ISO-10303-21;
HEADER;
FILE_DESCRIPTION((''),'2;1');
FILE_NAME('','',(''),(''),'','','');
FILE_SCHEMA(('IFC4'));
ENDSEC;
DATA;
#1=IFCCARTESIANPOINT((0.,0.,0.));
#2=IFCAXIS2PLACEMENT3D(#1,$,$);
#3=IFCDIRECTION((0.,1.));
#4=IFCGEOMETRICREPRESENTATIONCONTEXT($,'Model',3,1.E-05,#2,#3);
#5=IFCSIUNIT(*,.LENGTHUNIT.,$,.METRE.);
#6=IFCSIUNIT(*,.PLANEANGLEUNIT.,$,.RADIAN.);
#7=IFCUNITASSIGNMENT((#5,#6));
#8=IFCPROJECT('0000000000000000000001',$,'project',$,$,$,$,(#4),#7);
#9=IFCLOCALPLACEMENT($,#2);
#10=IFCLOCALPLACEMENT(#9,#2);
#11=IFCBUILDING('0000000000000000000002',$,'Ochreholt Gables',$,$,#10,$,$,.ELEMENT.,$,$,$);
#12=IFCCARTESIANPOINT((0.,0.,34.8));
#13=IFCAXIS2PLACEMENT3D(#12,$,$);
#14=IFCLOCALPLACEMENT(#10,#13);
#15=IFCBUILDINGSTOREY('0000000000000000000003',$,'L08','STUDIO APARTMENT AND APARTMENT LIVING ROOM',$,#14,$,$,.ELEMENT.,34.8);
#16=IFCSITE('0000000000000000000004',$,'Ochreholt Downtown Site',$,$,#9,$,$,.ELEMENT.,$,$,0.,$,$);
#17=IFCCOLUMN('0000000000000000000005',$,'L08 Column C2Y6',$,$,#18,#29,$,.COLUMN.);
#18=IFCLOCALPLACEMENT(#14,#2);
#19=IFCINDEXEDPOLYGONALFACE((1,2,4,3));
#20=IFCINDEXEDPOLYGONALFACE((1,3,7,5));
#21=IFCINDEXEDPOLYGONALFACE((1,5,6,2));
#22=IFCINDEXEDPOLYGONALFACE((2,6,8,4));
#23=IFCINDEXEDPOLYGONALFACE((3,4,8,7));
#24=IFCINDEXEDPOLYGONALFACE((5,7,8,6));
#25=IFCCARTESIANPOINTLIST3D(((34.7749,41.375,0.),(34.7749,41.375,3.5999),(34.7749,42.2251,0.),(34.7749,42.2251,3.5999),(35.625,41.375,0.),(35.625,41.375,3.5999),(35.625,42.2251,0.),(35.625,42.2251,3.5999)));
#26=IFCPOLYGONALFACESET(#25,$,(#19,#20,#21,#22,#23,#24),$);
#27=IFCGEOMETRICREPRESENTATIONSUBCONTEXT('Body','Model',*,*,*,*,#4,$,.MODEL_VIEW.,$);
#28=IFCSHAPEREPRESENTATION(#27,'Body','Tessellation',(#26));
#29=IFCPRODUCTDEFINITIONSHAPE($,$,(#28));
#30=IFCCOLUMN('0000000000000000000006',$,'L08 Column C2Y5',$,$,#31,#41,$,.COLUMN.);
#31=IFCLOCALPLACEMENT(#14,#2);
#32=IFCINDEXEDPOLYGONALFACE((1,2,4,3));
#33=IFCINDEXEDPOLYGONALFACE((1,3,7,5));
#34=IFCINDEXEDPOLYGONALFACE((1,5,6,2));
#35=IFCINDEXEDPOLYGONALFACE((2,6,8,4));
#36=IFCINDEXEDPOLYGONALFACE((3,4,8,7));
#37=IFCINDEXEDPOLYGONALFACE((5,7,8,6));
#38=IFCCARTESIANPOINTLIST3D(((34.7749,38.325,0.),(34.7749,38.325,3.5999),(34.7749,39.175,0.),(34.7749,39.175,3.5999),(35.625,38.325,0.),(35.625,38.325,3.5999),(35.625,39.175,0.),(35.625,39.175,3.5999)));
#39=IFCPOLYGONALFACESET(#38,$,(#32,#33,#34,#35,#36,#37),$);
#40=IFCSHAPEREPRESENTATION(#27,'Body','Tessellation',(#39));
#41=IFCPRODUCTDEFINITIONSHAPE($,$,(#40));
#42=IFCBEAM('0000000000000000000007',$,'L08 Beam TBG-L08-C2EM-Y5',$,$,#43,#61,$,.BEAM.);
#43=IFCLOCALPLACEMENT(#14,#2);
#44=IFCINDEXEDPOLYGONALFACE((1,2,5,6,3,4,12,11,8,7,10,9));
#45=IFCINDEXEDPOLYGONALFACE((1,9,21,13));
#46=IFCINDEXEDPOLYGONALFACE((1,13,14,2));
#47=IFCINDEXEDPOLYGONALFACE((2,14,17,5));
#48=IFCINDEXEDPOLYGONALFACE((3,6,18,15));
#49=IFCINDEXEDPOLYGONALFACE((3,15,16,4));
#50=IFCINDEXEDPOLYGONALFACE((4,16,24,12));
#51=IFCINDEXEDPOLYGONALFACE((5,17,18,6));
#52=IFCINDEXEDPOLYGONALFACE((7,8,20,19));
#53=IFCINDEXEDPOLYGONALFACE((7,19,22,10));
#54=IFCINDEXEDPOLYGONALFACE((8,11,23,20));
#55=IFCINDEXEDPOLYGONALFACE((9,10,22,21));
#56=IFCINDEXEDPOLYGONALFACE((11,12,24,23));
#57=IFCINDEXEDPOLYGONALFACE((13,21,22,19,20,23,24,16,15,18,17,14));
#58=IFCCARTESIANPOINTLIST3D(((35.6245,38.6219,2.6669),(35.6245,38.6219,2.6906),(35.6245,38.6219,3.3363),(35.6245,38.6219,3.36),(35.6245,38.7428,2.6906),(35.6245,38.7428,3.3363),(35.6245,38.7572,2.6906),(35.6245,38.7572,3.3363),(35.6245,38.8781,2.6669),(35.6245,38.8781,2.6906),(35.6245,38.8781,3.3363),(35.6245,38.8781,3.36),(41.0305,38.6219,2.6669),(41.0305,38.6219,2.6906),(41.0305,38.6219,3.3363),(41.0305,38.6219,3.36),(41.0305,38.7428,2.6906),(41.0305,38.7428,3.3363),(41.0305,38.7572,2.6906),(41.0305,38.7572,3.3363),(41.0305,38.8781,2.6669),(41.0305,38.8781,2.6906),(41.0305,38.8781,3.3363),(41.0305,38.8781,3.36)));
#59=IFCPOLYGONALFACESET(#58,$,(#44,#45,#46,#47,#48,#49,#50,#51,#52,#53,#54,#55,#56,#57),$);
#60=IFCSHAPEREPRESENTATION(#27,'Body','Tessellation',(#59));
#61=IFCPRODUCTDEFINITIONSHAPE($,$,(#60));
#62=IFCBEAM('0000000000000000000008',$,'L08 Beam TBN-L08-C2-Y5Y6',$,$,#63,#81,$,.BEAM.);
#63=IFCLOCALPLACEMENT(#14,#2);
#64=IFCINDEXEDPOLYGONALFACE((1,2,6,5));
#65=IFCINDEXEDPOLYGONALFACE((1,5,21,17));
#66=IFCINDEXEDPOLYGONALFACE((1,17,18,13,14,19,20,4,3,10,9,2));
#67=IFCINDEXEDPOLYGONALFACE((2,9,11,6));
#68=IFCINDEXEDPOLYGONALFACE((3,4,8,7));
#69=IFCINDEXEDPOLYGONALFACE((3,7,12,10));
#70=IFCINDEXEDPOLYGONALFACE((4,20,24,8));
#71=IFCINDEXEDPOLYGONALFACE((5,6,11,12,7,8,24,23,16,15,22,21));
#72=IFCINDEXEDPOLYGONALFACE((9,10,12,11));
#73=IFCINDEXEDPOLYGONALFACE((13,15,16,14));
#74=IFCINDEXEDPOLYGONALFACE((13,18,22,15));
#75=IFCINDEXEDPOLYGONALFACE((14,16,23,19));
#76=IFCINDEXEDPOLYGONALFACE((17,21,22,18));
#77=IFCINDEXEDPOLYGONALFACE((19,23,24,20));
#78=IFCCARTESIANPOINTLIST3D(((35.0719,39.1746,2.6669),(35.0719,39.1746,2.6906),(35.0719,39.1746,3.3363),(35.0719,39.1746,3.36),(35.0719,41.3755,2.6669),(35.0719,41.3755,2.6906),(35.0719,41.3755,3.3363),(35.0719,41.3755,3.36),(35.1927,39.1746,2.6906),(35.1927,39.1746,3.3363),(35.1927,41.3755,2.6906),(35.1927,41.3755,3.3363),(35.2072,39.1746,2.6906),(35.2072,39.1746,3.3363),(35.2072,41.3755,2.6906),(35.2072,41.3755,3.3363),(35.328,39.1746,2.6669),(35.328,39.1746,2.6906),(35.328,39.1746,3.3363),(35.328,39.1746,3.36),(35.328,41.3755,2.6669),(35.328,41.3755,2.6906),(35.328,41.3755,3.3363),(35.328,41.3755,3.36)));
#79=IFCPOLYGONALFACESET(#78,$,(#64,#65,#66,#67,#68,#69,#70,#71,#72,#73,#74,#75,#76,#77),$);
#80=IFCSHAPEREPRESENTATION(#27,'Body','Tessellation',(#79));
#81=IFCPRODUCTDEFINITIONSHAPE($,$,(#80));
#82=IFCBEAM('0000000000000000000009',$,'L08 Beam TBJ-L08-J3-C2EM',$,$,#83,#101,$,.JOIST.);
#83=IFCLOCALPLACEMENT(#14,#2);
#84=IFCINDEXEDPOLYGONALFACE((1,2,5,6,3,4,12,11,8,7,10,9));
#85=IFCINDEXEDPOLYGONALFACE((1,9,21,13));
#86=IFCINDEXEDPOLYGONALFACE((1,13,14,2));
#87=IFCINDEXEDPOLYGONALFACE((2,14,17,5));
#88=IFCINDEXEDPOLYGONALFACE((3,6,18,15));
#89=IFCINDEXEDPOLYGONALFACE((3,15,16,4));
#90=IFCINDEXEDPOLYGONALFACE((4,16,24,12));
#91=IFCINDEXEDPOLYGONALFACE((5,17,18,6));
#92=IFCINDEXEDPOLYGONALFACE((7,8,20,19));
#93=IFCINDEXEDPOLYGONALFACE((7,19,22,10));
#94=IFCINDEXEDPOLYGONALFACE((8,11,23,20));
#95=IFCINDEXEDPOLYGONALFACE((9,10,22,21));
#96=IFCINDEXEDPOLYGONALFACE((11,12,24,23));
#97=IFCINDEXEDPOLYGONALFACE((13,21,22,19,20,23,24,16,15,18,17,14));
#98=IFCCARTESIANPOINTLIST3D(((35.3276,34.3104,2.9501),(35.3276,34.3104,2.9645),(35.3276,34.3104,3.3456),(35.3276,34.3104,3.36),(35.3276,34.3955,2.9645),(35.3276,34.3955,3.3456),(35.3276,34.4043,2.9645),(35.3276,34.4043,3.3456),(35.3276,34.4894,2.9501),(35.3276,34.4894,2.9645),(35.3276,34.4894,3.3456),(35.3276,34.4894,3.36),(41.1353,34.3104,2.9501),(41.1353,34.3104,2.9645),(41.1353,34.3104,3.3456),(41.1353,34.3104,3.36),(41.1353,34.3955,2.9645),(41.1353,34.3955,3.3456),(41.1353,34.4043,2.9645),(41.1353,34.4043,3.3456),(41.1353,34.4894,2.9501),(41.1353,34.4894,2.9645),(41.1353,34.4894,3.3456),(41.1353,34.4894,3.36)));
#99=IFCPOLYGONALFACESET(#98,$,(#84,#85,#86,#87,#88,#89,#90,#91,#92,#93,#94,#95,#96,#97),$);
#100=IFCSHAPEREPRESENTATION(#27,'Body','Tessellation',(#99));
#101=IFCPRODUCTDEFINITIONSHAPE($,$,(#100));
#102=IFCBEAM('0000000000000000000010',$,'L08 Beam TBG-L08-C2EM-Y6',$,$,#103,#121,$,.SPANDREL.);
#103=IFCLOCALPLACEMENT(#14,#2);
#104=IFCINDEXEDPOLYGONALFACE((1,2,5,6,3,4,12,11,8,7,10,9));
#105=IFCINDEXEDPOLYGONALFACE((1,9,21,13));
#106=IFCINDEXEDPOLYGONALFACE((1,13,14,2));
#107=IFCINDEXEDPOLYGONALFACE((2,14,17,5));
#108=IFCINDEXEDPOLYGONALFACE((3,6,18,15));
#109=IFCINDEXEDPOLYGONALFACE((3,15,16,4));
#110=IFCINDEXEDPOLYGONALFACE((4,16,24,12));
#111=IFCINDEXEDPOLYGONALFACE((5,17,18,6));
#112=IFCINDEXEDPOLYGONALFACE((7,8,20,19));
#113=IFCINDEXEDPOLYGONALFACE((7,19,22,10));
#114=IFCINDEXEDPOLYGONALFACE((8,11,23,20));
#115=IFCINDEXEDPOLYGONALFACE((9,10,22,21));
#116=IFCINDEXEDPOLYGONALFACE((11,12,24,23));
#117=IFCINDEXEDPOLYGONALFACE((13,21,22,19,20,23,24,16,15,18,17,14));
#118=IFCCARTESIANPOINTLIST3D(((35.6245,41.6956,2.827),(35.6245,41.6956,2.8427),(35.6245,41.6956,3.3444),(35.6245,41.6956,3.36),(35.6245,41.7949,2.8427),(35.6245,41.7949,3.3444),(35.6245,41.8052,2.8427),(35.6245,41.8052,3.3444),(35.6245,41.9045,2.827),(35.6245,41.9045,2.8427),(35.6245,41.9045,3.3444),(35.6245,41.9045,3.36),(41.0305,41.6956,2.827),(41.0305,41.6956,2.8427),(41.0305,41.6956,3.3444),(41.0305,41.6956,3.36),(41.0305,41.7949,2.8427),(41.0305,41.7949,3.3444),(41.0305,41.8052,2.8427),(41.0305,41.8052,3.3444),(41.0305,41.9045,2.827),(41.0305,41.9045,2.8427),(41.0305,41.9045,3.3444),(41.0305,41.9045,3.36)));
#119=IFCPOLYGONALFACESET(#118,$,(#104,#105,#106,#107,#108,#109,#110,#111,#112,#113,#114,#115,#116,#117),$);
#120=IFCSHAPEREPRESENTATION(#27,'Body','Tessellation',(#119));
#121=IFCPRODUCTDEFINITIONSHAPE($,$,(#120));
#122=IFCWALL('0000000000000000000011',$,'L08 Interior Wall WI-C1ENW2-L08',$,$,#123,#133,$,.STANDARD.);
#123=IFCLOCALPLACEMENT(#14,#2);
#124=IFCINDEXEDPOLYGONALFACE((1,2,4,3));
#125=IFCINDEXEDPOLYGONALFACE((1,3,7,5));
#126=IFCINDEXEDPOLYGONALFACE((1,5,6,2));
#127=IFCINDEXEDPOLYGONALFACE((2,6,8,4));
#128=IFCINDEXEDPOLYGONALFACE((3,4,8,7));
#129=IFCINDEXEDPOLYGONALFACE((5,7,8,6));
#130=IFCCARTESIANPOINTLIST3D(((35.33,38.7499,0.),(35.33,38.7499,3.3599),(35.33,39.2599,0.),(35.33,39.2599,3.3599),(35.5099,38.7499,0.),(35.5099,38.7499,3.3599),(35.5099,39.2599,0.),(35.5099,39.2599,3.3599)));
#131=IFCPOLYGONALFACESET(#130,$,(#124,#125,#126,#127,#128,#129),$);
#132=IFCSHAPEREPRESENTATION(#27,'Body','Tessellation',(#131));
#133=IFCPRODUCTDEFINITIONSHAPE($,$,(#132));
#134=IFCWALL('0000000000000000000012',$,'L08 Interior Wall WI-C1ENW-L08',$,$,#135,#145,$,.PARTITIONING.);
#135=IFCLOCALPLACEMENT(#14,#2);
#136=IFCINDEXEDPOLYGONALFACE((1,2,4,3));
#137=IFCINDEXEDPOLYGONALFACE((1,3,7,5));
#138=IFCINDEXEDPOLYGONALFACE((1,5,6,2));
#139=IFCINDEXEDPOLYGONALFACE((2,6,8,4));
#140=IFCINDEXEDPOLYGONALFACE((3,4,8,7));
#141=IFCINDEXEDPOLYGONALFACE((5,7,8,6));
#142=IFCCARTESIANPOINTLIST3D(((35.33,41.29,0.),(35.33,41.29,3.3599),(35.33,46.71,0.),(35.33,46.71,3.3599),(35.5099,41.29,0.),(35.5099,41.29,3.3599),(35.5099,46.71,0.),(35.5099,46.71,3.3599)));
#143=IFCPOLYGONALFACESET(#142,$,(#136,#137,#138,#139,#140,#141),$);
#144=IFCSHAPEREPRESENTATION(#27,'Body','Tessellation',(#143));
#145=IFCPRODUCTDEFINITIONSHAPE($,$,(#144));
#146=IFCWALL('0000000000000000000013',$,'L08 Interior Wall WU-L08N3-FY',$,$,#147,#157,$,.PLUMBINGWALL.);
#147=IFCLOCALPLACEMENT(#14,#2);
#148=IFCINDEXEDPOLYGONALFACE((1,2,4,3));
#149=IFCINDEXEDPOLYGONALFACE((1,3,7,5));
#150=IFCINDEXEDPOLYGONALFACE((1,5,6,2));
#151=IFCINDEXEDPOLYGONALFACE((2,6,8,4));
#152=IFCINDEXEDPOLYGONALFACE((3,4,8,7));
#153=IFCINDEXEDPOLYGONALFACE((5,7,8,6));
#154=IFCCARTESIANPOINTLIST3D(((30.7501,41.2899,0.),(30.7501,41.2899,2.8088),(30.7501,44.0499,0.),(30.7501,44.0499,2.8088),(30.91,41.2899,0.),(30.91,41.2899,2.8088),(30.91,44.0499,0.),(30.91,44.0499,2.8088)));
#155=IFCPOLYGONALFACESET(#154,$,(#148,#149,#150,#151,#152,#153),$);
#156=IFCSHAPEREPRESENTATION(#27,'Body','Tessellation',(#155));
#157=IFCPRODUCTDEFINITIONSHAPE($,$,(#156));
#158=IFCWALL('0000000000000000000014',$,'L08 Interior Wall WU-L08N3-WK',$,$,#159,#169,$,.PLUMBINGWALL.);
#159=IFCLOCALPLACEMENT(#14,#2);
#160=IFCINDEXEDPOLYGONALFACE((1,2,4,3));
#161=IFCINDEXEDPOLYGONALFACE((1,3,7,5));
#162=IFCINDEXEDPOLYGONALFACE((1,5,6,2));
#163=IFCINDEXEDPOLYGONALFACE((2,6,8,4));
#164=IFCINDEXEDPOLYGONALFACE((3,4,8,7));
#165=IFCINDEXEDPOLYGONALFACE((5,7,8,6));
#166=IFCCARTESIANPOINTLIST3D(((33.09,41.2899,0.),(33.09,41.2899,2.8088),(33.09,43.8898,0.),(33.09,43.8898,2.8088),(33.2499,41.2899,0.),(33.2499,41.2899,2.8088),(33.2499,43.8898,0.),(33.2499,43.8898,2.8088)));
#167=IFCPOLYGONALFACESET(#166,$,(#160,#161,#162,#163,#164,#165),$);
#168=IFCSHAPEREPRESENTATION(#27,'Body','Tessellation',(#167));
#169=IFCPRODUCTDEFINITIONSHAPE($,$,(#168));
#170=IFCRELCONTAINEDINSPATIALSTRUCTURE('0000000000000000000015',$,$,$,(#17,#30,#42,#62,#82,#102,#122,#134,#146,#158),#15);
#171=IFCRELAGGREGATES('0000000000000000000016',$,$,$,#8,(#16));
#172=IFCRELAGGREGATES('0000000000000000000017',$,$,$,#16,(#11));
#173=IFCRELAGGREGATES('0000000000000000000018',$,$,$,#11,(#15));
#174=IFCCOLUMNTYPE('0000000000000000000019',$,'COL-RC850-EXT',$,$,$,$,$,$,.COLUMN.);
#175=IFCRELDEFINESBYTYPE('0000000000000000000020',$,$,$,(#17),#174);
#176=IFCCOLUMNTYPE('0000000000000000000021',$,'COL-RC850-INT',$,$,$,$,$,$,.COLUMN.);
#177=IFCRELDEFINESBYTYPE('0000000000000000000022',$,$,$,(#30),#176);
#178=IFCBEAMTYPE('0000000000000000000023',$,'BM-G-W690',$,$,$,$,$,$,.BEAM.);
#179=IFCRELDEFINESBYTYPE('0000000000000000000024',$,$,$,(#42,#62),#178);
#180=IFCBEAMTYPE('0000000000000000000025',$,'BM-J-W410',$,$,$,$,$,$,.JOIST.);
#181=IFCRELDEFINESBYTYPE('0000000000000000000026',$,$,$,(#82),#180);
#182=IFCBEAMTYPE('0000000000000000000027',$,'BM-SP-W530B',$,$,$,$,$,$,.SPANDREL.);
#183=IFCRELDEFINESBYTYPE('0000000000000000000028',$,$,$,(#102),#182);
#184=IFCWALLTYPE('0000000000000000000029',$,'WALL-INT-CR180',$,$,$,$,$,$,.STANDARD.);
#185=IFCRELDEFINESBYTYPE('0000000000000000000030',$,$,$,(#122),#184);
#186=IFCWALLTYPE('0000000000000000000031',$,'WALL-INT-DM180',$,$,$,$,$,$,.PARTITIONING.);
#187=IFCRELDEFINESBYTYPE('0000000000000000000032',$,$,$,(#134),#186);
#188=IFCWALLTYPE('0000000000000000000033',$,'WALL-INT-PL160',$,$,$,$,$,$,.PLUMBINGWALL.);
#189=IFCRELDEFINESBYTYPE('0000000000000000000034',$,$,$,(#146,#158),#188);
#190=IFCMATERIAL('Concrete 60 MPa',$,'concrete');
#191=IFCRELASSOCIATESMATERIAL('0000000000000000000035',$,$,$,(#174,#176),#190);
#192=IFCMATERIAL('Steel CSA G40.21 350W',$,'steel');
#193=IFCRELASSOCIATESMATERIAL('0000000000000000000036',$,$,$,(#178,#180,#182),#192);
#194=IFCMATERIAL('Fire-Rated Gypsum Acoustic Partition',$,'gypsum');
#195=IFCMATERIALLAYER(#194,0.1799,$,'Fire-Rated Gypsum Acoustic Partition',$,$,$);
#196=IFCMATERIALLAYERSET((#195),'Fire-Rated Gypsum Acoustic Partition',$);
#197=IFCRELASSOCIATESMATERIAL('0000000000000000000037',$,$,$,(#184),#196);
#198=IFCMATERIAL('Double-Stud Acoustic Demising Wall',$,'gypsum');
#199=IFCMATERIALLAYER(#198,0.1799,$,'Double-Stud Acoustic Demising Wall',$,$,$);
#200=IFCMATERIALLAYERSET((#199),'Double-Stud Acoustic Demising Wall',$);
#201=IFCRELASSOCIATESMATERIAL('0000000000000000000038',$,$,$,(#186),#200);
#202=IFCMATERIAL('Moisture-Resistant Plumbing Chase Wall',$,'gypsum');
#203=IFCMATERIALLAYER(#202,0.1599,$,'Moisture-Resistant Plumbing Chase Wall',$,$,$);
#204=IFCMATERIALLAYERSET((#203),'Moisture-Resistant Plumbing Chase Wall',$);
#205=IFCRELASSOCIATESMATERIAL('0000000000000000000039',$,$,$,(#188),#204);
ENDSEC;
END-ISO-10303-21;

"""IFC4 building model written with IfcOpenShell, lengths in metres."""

from ifc_helpers import new_model, si_unit, direction, frame, frame_2d, origin, origin_2d, place, context, subcontext, project, spatial, rectangle, i_section, extrude, material, layer, layer_set, material_profile, profile_set, type_object, element, save


model = new_model("IFC4")

# Units and contexts
model_context = context("Model", 3, precision=1e-05, world=origin(), true_north=direction((0.0, 1.0)))
body_context = subcontext(model_context, "Body", "Model", "MODEL_VIEW")
ifc_project = project(units=[si_unit("LENGTHUNIT", "METRE"), si_unit("PLANEANGLEUNIT", "RADIAN")], contexts=[model_context])

# Site, building, storey
site_placement = place(None, origin())
site = spatial("IfcSite", under=ifc_project, at=site_placement, Name="Ochreholt Downtown Site", CompositionType="ELEMENT", RefElevation=0.0)
building_placement = place(site_placement, origin())
building = spatial("IfcBuilding", under=site, at=building_placement, Name="Ochreholt Gables", CompositionType="ELEMENT")
storey_placement = place(building_placement, frame((0.0, 0.0, 34.8)))
storey = spatial("IfcBuildingStorey", under=building, at=storey_placement, Name="L08", Description="STUDIO APARTMENT AND APARTMENT LIVING ROOM", CompositionType="ELEMENT", Elevation=34.8)

# Columns
ifc_material_1 = material(Name="Concrete 60 MPa", Category="concrete")
ifc_material_profile_1 = material_profile(ifc_material_1, rectangle(XDim=0.8501, YDim=0.8501, at=origin_2d()), Name="RC850X850")
ifc_profile_set_1 = profile_set([ifc_material_profile_1], Name="Concrete 60 MPa")
column_type_1 = type_object("IfcColumnType", Name="COL-RC850-EXT", PredefinedType="COLUMN", material=ifc_profile_set_1)
column_1_placement = place(storey_placement, frame((35.2, 41.8, 0.0), z_axis=(0.0, 0.0, 1.0), x_axis=(1.0, 0.0, 0.0)))
element("IfcColumn", 1, at=column_1_placement, inside=storey, type_object=column_type_1, Name="L08 Column C2Y6", PredefinedType="COLUMN", context=body_context, shape_type="SweptSolid", body=[
    extrude(rectangle(XDim=0.8501, YDim=0.8501, at=origin_2d()), origin(), (0.0, 0.0, 1.0), 3.5999),
])
ifc_material_profile_2 = material_profile(ifc_material_1, rectangle(XDim=0.8501, YDim=0.8501, at=origin_2d()), Name="RC850X850")
ifc_profile_set_2 = profile_set([ifc_material_profile_2], Name="Concrete 60 MPa")
column_type_2 = type_object("IfcColumnType", Name="COL-RC850-INT", PredefinedType="COLUMN", material=ifc_profile_set_2)
column_2_placement = place(storey_placement, frame((35.2, 38.75, 0.0), z_axis=(0.0, 0.0, 1.0), x_axis=(1.0, 0.0, 0.0)))
element("IfcColumn", 2, at=column_2_placement, inside=storey, type_object=column_type_2, Name="L08 Column C2Y5", PredefinedType="COLUMN", context=body_context, shape_type="SweptSolid", body=[
    extrude(rectangle(XDim=0.8501, YDim=0.8501, at=origin_2d()), origin(), (0.0, 0.0, 1.0), 3.5999),
])

# Beams
ifc_material_2 = material(Name="Steel CSA G40.21 350W", Category="steel")
ifc_material_profile_3 = material_profile(ifc_material_2, i_section(OverallWidth=0.2561, OverallDepth=0.6931, WebThickness=0.0144, FlangeThickness=0.0237, at=origin_2d()), Name="W690X170")
ifc_profile_set_3 = profile_set([ifc_material_profile_3], Name="Steel CSA G40.21 350W")
beam_type_1 = type_object("IfcBeamType", Name="BM-G-W690", PredefinedType="BEAM", material=ifc_profile_set_3)
beam_1_placement = place(storey_placement, frame((35.6245, 38.75, 3.0134), z_axis=(1.0, 0.0, 0.0), x_axis=(0.0, 1.0, 0.0)))
element("IfcBeam", 3, at=beam_1_placement, inside=storey, type_object=beam_type_1, Name="L08 Beam TBG-L08-C2EM-Y5", PredefinedType="BEAM", context=body_context, shape_type="SweptSolid", body=[
    extrude(i_section(OverallWidth=0.2561, OverallDepth=0.6931, WebThickness=0.0144, FlangeThickness=0.0237, at=origin_2d()), origin(), (0.0, 0.0, 1.0), 5.406),
])
beam_2_placement = place(storey_placement, frame((35.2, 39.1746, 3.0134), z_axis=(0.0, 1.0, 0.0), x_axis=(-1.0, 0.0, 0.0)))
element("IfcBeam", 4, at=beam_2_placement, inside=storey, type_object=beam_type_1, Name="L08 Beam TBN-L08-C2-Y5Y6", PredefinedType="BEAM", context=body_context, shape_type="SweptSolid", body=[
    extrude(i_section(OverallWidth=0.2561, OverallDepth=0.6931, WebThickness=0.0144, FlangeThickness=0.0237, at=origin_2d()), origin(), (0.0, 0.0, 1.0), 2.2009),
])
ifc_material_profile_4 = material_profile(ifc_material_2, i_section(OverallWidth=0.179, OverallDepth=0.4099, WebThickness=0.0088, FlangeThickness=0.0144, at=origin_2d()), Name="W410X67")
ifc_profile_set_4 = profile_set([ifc_material_profile_4], Name="Steel CSA G40.21 350W")
beam_type_2 = type_object("IfcBeamType", Name="BM-J-W410", PredefinedType="JOIST", material=ifc_profile_set_4)
beam_3_placement = place(storey_placement, frame((35.3276, 34.3999, 3.155), z_axis=(1.0, 0.0, 0.0), x_axis=(0.0, 1.0, 0.0)))
element("IfcBeam", 5, at=beam_3_placement, inside=storey, type_object=beam_type_2, Name="L08 Beam TBJ-L08-J3-C2EM", PredefinedType="JOIST", context=body_context, shape_type="SweptSolid", body=[
    extrude(i_section(OverallWidth=0.179, OverallDepth=0.4099, WebThickness=0.0088, FlangeThickness=0.0144, at=origin_2d()), origin(), (0.0, 0.0, 1.0), 5.8076),
])
ifc_material_profile_5 = material_profile(ifc_material_2, i_section(OverallWidth=0.209, OverallDepth=0.533, WebThickness=0.0103, FlangeThickness=0.0156, at=origin_2d()), Name="W530X92")
ifc_profile_set_5 = profile_set([ifc_material_profile_5], Name="Steel CSA G40.21 350W")
beam_type_3 = type_object("IfcBeamType", Name="BM-SP-W530B", PredefinedType="SPANDREL", material=ifc_profile_set_5)
beam_4_placement = place(storey_placement, frame((35.6245, 41.8, 3.0935), z_axis=(1.0, 0.0, 0.0), x_axis=(0.0, 1.0, 0.0)))
element("IfcBeam", 6, at=beam_4_placement, inside=storey, type_object=beam_type_3, Name="L08 Beam TBG-L08-C2EM-Y6", PredefinedType="SPANDREL", context=body_context, shape_type="SweptSolid", body=[
    extrude(i_section(OverallWidth=0.209, OverallDepth=0.533, WebThickness=0.0103, FlangeThickness=0.0156, at=origin_2d()), origin(), (0.0, 0.0, 1.0), 5.406),
])

# Walls
ifc_material_3 = material(Name="Fire-Rated Gypsum Acoustic Partition", Category="gypsum")
ifc_layer_1 = layer(ifc_material_3, 0.1799, Name="Fire-Rated Gypsum Acoustic Partition")
ifc_layer_set_1 = layer_set([ifc_layer_1], Name="Fire-Rated Gypsum Acoustic Partition")
wall_type_1 = type_object("IfcWallType", Name="WALL-INT-CR180", PredefinedType="STANDARD", material=ifc_layer_set_1)
wall_1_placement = place(storey_placement, frame((35.4199, 38.75, 0.0), z_axis=(0.0, 0.0, 1.0), x_axis=(0.0, 1.0, 0.0)))
element("IfcWall", 7, at=wall_1_placement, inside=storey, type_object=wall_type_1, Name="L08 Interior Wall WI-C1ENW2-L08", PredefinedType="STANDARD", context=body_context, shape_type="SweptSolid", body=[
    extrude(rectangle(XDim=0.51, YDim=0.1799, at=frame_2d((0.2549, 0.0))), origin(), (0.0, 0.0, 1.0), 3.3599),
])
ifc_material_4 = material(Name="Double-Stud Acoustic Demising Wall", Category="gypsum")
ifc_layer_2 = layer(ifc_material_4, 0.1799, Name="Double-Stud Acoustic Demising Wall")
ifc_layer_set_2 = layer_set([ifc_layer_2], Name="Double-Stud Acoustic Demising Wall")
wall_type_2 = type_object("IfcWallType", Name="WALL-INT-DM180", PredefinedType="PARTITIONING", material=ifc_layer_set_2)
wall_2_placement = place(storey_placement, frame((35.4199, 41.29, 0.0), z_axis=(0.0, 0.0, 1.0), x_axis=(0.0, 1.0, 0.0)))
element("IfcWall", 8, at=wall_2_placement, inside=storey, type_object=wall_type_2, Name="L08 Interior Wall WI-C1ENW-L08", PredefinedType="PARTITIONING", context=body_context, shape_type="SweptSolid", body=[
    extrude(rectangle(XDim=5.4199, YDim=0.1799, at=frame_2d((2.71, 0.0))), origin(), (0.0, 0.0, 1.0), 3.3599),
])

# Shared definitions
ifc_material_5 = material(Name="Moisture-Resistant Plumbing Chase Wall", Category="gypsum")
ifc_layer_3 = layer(ifc_material_5, 0.1599, Name="Moisture-Resistant Plumbing Chase Wall")
ifc_layer_set_3 = layer_set([ifc_layer_3], Name="Moisture-Resistant Plumbing Chase Wall")
wall_type_3 = type_object("IfcWallType", Name="WALL-INT-PL160", PredefinedType="PLUMBINGWALL", material=ifc_layer_set_3)

# Walls
wall_3_placement = place(storey_placement, frame((30.8301, 41.29, 0.0), z_axis=(0.0, 0.0, 1.0), x_axis=(0.0, 1.0, 0.0)))
element("IfcWall", 9, at=wall_3_placement, inside=storey, type_object=wall_type_3, Name="L08 Interior Wall WU-L08N3-FY", PredefinedType="PLUMBINGWALL", context=body_context, shape_type="SweptSolid", body=[
    extrude(rectangle(XDim=2.76, YDim=0.1599, at=frame_2d((1.3799, 0.0))), origin(), (0.0, 0.0, 1.0), 2.8088),
])
wall_4_placement = place(storey_placement, frame((33.1699, 41.29, 0.0), z_axis=(0.0, 0.0, 1.0), x_axis=(0.0, 1.0, 0.0)))
element("IfcWall", 10, at=wall_4_placement, inside=storey, type_object=wall_type_3, Name="L08 Interior Wall WU-L08N3-WK", PredefinedType="PLUMBINGWALL", context=body_context, shape_type="SweptSolid", body=[
    extrude(rectangle(XDim=2.5999, YDim=0.1599, at=frame_2d((1.2998, 0.0))), origin(), (0.0, 0.0, 1.0), 2.8088),
])

save(model, "model.ifc")
